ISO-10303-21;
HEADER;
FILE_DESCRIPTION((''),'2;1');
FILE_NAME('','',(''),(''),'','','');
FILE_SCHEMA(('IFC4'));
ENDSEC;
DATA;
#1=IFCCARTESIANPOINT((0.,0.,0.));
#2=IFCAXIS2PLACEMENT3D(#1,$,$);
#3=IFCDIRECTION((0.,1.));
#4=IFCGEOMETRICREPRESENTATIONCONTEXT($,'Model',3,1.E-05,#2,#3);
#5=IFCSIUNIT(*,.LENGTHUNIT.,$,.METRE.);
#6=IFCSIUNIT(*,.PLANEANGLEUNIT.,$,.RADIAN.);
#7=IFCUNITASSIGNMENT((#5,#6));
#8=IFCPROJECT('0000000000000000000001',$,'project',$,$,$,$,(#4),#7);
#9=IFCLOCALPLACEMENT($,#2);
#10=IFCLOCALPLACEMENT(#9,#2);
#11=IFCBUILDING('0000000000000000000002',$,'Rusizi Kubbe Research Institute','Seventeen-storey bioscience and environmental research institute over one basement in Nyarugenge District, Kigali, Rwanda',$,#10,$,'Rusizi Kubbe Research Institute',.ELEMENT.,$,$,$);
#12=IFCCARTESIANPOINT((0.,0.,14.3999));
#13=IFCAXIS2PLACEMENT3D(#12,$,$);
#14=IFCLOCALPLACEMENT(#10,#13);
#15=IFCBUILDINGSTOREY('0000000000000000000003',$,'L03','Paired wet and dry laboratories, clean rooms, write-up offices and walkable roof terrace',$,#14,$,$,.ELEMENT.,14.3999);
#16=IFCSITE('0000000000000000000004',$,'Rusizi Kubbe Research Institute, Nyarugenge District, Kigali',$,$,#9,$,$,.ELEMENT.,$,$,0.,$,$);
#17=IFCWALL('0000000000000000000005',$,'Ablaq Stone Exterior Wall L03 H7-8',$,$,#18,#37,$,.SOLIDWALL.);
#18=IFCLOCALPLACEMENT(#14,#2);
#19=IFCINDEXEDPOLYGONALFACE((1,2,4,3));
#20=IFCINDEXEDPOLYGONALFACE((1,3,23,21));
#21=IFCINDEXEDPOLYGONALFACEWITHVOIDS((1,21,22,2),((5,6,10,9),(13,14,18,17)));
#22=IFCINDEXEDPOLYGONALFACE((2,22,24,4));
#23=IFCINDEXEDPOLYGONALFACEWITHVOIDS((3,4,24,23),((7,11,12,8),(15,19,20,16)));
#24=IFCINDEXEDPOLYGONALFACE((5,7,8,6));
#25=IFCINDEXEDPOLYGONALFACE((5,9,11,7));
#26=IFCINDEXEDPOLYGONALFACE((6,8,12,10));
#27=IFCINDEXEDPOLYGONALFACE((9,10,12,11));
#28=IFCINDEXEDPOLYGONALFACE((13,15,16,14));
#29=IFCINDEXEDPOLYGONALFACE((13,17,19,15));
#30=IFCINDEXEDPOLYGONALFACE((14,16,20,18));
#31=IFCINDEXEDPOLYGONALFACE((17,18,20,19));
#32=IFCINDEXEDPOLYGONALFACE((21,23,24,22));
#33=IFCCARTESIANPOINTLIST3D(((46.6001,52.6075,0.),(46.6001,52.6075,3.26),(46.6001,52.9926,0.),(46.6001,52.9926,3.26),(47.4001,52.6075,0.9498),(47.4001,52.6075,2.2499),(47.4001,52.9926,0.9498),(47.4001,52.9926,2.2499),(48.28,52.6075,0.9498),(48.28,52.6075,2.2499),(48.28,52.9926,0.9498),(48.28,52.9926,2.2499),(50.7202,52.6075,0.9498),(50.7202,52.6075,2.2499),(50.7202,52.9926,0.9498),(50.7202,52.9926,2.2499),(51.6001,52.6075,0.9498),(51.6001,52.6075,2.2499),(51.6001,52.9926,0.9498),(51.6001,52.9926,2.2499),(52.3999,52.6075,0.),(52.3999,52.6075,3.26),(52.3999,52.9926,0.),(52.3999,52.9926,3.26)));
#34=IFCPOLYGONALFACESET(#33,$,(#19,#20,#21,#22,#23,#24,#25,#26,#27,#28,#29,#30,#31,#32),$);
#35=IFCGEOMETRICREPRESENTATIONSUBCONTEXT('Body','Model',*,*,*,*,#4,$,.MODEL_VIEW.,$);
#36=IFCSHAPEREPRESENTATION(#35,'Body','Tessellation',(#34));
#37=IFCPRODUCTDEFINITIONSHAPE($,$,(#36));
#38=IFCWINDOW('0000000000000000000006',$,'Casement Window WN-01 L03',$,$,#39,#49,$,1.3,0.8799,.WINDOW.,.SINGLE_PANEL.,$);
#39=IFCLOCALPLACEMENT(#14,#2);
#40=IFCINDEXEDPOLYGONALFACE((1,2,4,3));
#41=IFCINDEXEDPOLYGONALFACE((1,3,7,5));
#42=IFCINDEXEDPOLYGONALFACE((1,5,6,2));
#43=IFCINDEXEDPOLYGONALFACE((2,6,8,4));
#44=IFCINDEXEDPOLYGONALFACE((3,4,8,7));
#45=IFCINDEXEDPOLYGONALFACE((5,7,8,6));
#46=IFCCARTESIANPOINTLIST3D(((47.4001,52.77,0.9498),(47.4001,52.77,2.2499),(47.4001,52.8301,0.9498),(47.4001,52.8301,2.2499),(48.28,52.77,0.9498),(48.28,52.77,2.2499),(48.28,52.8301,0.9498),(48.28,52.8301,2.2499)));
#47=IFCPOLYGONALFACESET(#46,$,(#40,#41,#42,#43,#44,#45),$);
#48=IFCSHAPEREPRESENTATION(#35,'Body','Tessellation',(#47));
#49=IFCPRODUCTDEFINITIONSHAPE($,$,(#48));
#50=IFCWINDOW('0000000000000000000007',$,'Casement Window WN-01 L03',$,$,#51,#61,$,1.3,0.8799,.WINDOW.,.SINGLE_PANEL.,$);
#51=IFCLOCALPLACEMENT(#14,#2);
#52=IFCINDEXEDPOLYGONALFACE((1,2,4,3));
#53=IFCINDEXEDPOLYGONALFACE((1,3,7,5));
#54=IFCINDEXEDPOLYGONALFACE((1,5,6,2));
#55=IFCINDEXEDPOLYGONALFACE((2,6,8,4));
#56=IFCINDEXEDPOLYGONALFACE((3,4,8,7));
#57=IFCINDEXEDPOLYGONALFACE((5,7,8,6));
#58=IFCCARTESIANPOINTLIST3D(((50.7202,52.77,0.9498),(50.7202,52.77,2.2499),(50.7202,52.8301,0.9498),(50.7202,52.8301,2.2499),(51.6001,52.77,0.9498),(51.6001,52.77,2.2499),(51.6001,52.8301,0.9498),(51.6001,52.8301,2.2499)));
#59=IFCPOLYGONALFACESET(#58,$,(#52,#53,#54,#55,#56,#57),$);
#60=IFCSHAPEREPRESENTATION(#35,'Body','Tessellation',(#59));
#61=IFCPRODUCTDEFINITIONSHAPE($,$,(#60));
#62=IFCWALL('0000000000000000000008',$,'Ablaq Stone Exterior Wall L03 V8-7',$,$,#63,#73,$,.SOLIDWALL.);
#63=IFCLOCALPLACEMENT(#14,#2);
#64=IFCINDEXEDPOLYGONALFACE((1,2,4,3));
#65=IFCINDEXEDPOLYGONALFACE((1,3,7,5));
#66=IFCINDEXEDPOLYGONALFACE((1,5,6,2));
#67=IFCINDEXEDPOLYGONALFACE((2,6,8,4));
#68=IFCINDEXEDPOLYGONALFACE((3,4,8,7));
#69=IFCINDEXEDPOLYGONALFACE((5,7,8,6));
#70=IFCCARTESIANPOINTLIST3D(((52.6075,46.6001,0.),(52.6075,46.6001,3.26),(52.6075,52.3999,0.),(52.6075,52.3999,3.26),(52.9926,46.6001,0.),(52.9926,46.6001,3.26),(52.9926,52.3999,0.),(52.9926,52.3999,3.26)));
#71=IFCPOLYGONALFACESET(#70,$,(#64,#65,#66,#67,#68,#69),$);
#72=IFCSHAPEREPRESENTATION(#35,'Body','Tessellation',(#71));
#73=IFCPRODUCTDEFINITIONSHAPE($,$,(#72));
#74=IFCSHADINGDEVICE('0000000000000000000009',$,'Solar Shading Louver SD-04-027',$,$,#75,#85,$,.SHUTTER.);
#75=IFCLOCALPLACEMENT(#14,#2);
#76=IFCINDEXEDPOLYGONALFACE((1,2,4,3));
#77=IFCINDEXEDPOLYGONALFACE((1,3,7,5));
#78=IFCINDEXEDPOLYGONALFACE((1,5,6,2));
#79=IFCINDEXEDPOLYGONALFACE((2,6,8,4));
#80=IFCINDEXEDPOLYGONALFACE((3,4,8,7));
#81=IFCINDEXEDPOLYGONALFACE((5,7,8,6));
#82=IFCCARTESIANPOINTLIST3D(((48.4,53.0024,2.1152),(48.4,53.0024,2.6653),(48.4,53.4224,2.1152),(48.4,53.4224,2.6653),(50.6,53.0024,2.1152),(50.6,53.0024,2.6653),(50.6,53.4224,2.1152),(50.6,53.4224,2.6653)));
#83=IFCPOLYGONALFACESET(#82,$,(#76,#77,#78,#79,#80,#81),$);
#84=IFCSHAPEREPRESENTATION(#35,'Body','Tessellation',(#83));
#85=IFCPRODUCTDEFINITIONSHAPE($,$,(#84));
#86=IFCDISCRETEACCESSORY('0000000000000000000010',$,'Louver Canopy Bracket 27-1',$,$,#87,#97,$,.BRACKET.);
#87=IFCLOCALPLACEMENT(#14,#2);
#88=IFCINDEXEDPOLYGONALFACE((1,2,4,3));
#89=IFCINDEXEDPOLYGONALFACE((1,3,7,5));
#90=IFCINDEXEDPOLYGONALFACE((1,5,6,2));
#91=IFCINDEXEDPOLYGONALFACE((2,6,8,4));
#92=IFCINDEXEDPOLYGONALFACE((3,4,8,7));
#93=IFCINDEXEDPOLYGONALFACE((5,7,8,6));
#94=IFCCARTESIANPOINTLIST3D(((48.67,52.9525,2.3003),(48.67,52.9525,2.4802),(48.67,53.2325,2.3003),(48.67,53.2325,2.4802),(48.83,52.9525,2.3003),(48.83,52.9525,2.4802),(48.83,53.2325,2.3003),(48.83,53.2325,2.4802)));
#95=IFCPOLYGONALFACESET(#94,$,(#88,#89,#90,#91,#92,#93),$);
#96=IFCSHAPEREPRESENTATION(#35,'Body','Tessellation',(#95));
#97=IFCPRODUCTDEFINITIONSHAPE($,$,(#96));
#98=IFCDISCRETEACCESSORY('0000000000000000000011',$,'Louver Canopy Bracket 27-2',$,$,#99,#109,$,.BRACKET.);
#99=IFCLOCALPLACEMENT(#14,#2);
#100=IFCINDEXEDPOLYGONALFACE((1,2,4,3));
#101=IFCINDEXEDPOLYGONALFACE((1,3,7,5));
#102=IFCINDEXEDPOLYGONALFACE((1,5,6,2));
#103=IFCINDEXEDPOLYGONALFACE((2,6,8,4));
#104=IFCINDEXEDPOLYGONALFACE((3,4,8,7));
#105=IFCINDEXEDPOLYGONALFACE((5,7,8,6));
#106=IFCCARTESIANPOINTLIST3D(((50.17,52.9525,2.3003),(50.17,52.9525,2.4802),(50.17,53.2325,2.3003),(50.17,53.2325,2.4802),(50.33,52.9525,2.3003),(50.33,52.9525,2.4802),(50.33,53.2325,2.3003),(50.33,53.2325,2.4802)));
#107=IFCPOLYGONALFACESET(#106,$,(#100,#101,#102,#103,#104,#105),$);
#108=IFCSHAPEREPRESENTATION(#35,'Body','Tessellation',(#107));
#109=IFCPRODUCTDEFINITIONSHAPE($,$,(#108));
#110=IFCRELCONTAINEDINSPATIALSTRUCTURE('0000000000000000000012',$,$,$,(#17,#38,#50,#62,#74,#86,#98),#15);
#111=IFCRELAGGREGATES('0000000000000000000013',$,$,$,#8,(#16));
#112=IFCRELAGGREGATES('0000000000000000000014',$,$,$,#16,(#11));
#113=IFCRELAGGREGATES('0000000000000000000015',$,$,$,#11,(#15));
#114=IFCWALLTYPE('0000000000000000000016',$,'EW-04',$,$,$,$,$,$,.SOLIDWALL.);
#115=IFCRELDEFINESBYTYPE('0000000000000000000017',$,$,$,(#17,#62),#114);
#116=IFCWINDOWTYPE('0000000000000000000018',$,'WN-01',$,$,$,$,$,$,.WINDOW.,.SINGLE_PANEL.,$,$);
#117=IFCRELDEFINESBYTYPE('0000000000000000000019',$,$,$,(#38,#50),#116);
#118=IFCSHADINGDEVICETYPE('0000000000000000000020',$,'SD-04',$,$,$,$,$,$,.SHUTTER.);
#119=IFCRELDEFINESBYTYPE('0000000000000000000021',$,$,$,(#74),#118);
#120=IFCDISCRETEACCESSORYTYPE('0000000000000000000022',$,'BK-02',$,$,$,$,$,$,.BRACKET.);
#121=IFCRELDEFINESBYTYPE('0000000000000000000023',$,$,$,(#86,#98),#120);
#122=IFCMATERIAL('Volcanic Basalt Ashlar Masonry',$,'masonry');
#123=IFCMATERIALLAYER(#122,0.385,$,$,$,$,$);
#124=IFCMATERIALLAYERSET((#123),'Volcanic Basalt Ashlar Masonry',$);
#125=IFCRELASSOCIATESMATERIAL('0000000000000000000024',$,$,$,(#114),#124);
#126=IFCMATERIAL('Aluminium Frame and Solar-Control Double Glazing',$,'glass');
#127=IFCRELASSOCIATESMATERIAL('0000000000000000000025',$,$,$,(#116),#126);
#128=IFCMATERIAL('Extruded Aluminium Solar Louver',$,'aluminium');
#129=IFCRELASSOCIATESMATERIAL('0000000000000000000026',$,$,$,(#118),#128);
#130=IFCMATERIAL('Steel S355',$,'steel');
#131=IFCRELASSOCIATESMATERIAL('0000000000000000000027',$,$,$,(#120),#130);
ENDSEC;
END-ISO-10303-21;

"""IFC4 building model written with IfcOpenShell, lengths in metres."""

from ifc_helpers import new_model, si_unit, direction, frame, frame_2d, origin, origin_2d, place, context, subcontext, project, spatial, rectangle, extrude, material, layer, layer_set, type_object, element, fill, save


model = new_model("IFC4")

# Units and contexts
model_context = context("Model", 3, precision=1e-05, world=origin(), true_north=direction((0.0, 1.0)))
body_context = subcontext(model_context, "Body", "Model", "MODEL_VIEW")
ifc_project = project(units=[si_unit("LENGTHUNIT", "METRE"), si_unit("PLANEANGLEUNIT", "RADIAN")], contexts=[model_context])

# Site, building, storey
site_placement = place(None, origin())
site = spatial("IfcSite", under=ifc_project, at=site_placement, Name="Rusizi Kubbe Research Institute, Nyarugenge District, Kigali", CompositionType="ELEMENT", RefElevation=0.0)
building_placement = place(site_placement, origin())
building = spatial("IfcBuilding", under=site, at=building_placement, Name="Rusizi Kubbe Research Institute", Description="Seventeen-storey bioscience and environmental research institute over one basement in Nyarugenge District, Kigali, Rwanda", LongName="Rusizi Kubbe Research Institute", CompositionType="ELEMENT")
storey_placement = place(building_placement, frame((0.0, 0.0, 14.3999)))
storey = spatial("IfcBuildingStorey", under=building, at=storey_placement, Name="L03", Description="Paired wet and dry laboratories, clean rooms, write-up offices and walkable roof terrace", CompositionType="ELEMENT", Elevation=14.3999)

# Wall, openings, windows
ifc_material_1 = material(Name="Volcanic Basalt Ashlar Masonry", Category="masonry")
ifc_layer = layer(ifc_material_1, 0.385)
ifc_layer_set = layer_set([ifc_layer], Name="Volcanic Basalt Ashlar Masonry")
wall_type = type_object("IfcWallType", Name="EW-04", PredefinedType="SOLIDWALL", material=ifc_layer_set)
wall_1_placement = place(storey_placement, frame((46.6001, 52.8, 0.0), z_axis=(0.0, 0.0, 1.0), x_axis=(1.0, 0.0, 0.0)))
wall_1 = element("IfcWall", 1, at=wall_1_placement, inside=storey, type_object=wall_type, Name="Ablaq Stone Exterior Wall L03 H7-8", PredefinedType="SOLIDWALL", context=body_context, shape_type="SweptSolid", body=[
    extrude(rectangle(XDim=5.7998, YDim=0.385, at=frame_2d((2.8999, 0.0))), origin(), (0.0, 0.0, 1.0), 3.26),
])
opening_1_placement = place(wall_1_placement, frame((0.8, 0.0, 0.95)))
opening_1 = element("IfcOpeningElement", 2, at=opening_1_placement, cuts=wall_1, PredefinedType="OPENING", context=body_context, shape_type="SweptSolid", body=[
    extrude(rectangle(XDim=0.8799, YDim=1.3, at=frame_2d((0.4399, 0.6499))), frame((0.0, 0.2024, 0.0), z_axis=(0.0, -1.0, 0.0), x_axis=(1.0, 0.0, 0.0)), (0.0, 0.0, 1.0), 0.405),
])
opening_2_placement = place(wall_1_placement, frame((4.1201, 0.0, 0.95)))
opening_2 = element("IfcOpeningElement", 3, at=opening_2_placement, cuts=wall_1, PredefinedType="OPENING", context=body_context, shape_type="SweptSolid", body=[
    extrude(rectangle(XDim=0.8799, YDim=1.3, at=frame_2d((0.4399, 0.6499))), frame((0.0, 0.2024, 0.0), z_axis=(0.0, -1.0, 0.0), x_axis=(1.0, 0.0, 0.0)), (0.0, 0.0, 1.0), 0.405),
])
ifc_material_2 = material(Name="Aluminium Frame and Solar-Control Double Glazing", Category="glass")
window_type = type_object("IfcWindowType", Name="WN-01", PartitioningType="SINGLE_PANEL", PredefinedType="WINDOW", material=ifc_material_2)
window_1_placement = place(opening_1_placement, origin())
window_1 = element("IfcWindow", 4, at=window_1_placement, inside=storey, type_object=window_type, Name="Casement Window WN-01 L03", OverallHeight=1.3, OverallWidth=0.8799, PartitioningType="SINGLE_PANEL", PredefinedType="WINDOW", context=body_context, shape_type="SweptSolid", body=[
    extrude(rectangle(XDim=0.8799, YDim=1.3, at=frame_2d((0.4399, 0.6499))), frame((0.0, 0.03, 0.0), z_axis=(0.0, -1.0, 0.0), x_axis=(1.0, 0.0, 0.0)), (0.0, 0.0, 1.0), 0.0601),
])
fill(opening_1, window_1)
window_2_placement = place(opening_2_placement, origin())
window_2 = element("IfcWindow", 5, at=window_2_placement, inside=storey, type_object=window_type, Name="Casement Window WN-01 L03", OverallHeight=1.3, OverallWidth=0.8799, PartitioningType="SINGLE_PANEL", PredefinedType="WINDOW", context=body_context, shape_type="SweptSolid", body=[
    extrude(rectangle(XDim=0.8799, YDim=1.3, at=frame_2d((0.4399, 0.6499))), frame((0.0, 0.03, 0.0), z_axis=(0.0, -1.0, 0.0), x_axis=(1.0, 0.0, 0.0)), (0.0, 0.0, 1.0), 0.0601),
])
fill(opening_2, window_2)

# Wall
wall_2_placement = place(storey_placement, frame((52.8, 46.6001, 0.0), z_axis=(0.0, 0.0, 1.0), x_axis=(0.0, 1.0, 0.0)))
element("IfcWall", 6, at=wall_2_placement, inside=storey, type_object=wall_type, Name="Ablaq Stone Exterior Wall L03 V8-7", PredefinedType="SOLIDWALL", context=body_context, shape_type="SweptSolid", body=[
    extrude(rectangle(XDim=5.7998, YDim=0.385, at=frame_2d((2.8999, 0.0))), origin(), (0.0, 0.0, 1.0), 3.26),
])

# Shading device
ifc_material_3 = material(Name="Extruded Aluminium Solar Louver", Category="aluminium")
shading_device_type = type_object("IfcShadingDeviceType", Name="SD-04", PredefinedType="SHUTTER", material=ifc_material_3)
shading_device_placement = place(storey_placement, frame((49.5, 53.2124, 2.1152), z_axis=(0.0, 0.0, 1.0), x_axis=(1.0, 0.0, 0.0)))
element("IfcShadingDevice", 7, at=shading_device_placement, inside=storey, type_object=shading_device_type, Name="Solar Shading Louver SD-04-027", PredefinedType="SHUTTER", context=body_context, shape_type="SweptSolid", body=[
    extrude(rectangle(XDim=2.2, YDim=0.4199, at=origin_2d()), origin(), (0.0, 0.0, 1.0), 0.55),
])

# Discrete accessories
ifc_material_4 = material(Name="Steel S355", Category="steel")
discrete_accessory_type = type_object("IfcDiscreteAccessoryType", Name="BK-02", PredefinedType="BRACKET", material=ifc_material_4)
for number, where, z_axis, x_axis, name in (
    (8, (48.75, 53.0925, 2.3003), (0.0, 0.0, 1.0), (1.0, 0.0, 0.0), "Louver Canopy Bracket 27-1"),
    (9, (50.25, 53.0925, 2.3003), (0.0, 0.0, 1.0), (1.0, 0.0, 0.0), "Louver Canopy Bracket 27-2"),
):
    element("IfcDiscreteAccessory", number, at=place(storey_placement, frame(where, z_axis=z_axis, x_axis=x_axis)), inside=storey, type_object=discrete_accessory_type, Name=name, PredefinedType="BRACKET", context=body_context, shape_type="SweptSolid", body=[
        extrude(rectangle(XDim=0.1599, YDim=0.28, at=origin_2d()), origin(), (0.0, 0.0, 1.0), 0.1799),
    ])

save(model, "model.ifc")
